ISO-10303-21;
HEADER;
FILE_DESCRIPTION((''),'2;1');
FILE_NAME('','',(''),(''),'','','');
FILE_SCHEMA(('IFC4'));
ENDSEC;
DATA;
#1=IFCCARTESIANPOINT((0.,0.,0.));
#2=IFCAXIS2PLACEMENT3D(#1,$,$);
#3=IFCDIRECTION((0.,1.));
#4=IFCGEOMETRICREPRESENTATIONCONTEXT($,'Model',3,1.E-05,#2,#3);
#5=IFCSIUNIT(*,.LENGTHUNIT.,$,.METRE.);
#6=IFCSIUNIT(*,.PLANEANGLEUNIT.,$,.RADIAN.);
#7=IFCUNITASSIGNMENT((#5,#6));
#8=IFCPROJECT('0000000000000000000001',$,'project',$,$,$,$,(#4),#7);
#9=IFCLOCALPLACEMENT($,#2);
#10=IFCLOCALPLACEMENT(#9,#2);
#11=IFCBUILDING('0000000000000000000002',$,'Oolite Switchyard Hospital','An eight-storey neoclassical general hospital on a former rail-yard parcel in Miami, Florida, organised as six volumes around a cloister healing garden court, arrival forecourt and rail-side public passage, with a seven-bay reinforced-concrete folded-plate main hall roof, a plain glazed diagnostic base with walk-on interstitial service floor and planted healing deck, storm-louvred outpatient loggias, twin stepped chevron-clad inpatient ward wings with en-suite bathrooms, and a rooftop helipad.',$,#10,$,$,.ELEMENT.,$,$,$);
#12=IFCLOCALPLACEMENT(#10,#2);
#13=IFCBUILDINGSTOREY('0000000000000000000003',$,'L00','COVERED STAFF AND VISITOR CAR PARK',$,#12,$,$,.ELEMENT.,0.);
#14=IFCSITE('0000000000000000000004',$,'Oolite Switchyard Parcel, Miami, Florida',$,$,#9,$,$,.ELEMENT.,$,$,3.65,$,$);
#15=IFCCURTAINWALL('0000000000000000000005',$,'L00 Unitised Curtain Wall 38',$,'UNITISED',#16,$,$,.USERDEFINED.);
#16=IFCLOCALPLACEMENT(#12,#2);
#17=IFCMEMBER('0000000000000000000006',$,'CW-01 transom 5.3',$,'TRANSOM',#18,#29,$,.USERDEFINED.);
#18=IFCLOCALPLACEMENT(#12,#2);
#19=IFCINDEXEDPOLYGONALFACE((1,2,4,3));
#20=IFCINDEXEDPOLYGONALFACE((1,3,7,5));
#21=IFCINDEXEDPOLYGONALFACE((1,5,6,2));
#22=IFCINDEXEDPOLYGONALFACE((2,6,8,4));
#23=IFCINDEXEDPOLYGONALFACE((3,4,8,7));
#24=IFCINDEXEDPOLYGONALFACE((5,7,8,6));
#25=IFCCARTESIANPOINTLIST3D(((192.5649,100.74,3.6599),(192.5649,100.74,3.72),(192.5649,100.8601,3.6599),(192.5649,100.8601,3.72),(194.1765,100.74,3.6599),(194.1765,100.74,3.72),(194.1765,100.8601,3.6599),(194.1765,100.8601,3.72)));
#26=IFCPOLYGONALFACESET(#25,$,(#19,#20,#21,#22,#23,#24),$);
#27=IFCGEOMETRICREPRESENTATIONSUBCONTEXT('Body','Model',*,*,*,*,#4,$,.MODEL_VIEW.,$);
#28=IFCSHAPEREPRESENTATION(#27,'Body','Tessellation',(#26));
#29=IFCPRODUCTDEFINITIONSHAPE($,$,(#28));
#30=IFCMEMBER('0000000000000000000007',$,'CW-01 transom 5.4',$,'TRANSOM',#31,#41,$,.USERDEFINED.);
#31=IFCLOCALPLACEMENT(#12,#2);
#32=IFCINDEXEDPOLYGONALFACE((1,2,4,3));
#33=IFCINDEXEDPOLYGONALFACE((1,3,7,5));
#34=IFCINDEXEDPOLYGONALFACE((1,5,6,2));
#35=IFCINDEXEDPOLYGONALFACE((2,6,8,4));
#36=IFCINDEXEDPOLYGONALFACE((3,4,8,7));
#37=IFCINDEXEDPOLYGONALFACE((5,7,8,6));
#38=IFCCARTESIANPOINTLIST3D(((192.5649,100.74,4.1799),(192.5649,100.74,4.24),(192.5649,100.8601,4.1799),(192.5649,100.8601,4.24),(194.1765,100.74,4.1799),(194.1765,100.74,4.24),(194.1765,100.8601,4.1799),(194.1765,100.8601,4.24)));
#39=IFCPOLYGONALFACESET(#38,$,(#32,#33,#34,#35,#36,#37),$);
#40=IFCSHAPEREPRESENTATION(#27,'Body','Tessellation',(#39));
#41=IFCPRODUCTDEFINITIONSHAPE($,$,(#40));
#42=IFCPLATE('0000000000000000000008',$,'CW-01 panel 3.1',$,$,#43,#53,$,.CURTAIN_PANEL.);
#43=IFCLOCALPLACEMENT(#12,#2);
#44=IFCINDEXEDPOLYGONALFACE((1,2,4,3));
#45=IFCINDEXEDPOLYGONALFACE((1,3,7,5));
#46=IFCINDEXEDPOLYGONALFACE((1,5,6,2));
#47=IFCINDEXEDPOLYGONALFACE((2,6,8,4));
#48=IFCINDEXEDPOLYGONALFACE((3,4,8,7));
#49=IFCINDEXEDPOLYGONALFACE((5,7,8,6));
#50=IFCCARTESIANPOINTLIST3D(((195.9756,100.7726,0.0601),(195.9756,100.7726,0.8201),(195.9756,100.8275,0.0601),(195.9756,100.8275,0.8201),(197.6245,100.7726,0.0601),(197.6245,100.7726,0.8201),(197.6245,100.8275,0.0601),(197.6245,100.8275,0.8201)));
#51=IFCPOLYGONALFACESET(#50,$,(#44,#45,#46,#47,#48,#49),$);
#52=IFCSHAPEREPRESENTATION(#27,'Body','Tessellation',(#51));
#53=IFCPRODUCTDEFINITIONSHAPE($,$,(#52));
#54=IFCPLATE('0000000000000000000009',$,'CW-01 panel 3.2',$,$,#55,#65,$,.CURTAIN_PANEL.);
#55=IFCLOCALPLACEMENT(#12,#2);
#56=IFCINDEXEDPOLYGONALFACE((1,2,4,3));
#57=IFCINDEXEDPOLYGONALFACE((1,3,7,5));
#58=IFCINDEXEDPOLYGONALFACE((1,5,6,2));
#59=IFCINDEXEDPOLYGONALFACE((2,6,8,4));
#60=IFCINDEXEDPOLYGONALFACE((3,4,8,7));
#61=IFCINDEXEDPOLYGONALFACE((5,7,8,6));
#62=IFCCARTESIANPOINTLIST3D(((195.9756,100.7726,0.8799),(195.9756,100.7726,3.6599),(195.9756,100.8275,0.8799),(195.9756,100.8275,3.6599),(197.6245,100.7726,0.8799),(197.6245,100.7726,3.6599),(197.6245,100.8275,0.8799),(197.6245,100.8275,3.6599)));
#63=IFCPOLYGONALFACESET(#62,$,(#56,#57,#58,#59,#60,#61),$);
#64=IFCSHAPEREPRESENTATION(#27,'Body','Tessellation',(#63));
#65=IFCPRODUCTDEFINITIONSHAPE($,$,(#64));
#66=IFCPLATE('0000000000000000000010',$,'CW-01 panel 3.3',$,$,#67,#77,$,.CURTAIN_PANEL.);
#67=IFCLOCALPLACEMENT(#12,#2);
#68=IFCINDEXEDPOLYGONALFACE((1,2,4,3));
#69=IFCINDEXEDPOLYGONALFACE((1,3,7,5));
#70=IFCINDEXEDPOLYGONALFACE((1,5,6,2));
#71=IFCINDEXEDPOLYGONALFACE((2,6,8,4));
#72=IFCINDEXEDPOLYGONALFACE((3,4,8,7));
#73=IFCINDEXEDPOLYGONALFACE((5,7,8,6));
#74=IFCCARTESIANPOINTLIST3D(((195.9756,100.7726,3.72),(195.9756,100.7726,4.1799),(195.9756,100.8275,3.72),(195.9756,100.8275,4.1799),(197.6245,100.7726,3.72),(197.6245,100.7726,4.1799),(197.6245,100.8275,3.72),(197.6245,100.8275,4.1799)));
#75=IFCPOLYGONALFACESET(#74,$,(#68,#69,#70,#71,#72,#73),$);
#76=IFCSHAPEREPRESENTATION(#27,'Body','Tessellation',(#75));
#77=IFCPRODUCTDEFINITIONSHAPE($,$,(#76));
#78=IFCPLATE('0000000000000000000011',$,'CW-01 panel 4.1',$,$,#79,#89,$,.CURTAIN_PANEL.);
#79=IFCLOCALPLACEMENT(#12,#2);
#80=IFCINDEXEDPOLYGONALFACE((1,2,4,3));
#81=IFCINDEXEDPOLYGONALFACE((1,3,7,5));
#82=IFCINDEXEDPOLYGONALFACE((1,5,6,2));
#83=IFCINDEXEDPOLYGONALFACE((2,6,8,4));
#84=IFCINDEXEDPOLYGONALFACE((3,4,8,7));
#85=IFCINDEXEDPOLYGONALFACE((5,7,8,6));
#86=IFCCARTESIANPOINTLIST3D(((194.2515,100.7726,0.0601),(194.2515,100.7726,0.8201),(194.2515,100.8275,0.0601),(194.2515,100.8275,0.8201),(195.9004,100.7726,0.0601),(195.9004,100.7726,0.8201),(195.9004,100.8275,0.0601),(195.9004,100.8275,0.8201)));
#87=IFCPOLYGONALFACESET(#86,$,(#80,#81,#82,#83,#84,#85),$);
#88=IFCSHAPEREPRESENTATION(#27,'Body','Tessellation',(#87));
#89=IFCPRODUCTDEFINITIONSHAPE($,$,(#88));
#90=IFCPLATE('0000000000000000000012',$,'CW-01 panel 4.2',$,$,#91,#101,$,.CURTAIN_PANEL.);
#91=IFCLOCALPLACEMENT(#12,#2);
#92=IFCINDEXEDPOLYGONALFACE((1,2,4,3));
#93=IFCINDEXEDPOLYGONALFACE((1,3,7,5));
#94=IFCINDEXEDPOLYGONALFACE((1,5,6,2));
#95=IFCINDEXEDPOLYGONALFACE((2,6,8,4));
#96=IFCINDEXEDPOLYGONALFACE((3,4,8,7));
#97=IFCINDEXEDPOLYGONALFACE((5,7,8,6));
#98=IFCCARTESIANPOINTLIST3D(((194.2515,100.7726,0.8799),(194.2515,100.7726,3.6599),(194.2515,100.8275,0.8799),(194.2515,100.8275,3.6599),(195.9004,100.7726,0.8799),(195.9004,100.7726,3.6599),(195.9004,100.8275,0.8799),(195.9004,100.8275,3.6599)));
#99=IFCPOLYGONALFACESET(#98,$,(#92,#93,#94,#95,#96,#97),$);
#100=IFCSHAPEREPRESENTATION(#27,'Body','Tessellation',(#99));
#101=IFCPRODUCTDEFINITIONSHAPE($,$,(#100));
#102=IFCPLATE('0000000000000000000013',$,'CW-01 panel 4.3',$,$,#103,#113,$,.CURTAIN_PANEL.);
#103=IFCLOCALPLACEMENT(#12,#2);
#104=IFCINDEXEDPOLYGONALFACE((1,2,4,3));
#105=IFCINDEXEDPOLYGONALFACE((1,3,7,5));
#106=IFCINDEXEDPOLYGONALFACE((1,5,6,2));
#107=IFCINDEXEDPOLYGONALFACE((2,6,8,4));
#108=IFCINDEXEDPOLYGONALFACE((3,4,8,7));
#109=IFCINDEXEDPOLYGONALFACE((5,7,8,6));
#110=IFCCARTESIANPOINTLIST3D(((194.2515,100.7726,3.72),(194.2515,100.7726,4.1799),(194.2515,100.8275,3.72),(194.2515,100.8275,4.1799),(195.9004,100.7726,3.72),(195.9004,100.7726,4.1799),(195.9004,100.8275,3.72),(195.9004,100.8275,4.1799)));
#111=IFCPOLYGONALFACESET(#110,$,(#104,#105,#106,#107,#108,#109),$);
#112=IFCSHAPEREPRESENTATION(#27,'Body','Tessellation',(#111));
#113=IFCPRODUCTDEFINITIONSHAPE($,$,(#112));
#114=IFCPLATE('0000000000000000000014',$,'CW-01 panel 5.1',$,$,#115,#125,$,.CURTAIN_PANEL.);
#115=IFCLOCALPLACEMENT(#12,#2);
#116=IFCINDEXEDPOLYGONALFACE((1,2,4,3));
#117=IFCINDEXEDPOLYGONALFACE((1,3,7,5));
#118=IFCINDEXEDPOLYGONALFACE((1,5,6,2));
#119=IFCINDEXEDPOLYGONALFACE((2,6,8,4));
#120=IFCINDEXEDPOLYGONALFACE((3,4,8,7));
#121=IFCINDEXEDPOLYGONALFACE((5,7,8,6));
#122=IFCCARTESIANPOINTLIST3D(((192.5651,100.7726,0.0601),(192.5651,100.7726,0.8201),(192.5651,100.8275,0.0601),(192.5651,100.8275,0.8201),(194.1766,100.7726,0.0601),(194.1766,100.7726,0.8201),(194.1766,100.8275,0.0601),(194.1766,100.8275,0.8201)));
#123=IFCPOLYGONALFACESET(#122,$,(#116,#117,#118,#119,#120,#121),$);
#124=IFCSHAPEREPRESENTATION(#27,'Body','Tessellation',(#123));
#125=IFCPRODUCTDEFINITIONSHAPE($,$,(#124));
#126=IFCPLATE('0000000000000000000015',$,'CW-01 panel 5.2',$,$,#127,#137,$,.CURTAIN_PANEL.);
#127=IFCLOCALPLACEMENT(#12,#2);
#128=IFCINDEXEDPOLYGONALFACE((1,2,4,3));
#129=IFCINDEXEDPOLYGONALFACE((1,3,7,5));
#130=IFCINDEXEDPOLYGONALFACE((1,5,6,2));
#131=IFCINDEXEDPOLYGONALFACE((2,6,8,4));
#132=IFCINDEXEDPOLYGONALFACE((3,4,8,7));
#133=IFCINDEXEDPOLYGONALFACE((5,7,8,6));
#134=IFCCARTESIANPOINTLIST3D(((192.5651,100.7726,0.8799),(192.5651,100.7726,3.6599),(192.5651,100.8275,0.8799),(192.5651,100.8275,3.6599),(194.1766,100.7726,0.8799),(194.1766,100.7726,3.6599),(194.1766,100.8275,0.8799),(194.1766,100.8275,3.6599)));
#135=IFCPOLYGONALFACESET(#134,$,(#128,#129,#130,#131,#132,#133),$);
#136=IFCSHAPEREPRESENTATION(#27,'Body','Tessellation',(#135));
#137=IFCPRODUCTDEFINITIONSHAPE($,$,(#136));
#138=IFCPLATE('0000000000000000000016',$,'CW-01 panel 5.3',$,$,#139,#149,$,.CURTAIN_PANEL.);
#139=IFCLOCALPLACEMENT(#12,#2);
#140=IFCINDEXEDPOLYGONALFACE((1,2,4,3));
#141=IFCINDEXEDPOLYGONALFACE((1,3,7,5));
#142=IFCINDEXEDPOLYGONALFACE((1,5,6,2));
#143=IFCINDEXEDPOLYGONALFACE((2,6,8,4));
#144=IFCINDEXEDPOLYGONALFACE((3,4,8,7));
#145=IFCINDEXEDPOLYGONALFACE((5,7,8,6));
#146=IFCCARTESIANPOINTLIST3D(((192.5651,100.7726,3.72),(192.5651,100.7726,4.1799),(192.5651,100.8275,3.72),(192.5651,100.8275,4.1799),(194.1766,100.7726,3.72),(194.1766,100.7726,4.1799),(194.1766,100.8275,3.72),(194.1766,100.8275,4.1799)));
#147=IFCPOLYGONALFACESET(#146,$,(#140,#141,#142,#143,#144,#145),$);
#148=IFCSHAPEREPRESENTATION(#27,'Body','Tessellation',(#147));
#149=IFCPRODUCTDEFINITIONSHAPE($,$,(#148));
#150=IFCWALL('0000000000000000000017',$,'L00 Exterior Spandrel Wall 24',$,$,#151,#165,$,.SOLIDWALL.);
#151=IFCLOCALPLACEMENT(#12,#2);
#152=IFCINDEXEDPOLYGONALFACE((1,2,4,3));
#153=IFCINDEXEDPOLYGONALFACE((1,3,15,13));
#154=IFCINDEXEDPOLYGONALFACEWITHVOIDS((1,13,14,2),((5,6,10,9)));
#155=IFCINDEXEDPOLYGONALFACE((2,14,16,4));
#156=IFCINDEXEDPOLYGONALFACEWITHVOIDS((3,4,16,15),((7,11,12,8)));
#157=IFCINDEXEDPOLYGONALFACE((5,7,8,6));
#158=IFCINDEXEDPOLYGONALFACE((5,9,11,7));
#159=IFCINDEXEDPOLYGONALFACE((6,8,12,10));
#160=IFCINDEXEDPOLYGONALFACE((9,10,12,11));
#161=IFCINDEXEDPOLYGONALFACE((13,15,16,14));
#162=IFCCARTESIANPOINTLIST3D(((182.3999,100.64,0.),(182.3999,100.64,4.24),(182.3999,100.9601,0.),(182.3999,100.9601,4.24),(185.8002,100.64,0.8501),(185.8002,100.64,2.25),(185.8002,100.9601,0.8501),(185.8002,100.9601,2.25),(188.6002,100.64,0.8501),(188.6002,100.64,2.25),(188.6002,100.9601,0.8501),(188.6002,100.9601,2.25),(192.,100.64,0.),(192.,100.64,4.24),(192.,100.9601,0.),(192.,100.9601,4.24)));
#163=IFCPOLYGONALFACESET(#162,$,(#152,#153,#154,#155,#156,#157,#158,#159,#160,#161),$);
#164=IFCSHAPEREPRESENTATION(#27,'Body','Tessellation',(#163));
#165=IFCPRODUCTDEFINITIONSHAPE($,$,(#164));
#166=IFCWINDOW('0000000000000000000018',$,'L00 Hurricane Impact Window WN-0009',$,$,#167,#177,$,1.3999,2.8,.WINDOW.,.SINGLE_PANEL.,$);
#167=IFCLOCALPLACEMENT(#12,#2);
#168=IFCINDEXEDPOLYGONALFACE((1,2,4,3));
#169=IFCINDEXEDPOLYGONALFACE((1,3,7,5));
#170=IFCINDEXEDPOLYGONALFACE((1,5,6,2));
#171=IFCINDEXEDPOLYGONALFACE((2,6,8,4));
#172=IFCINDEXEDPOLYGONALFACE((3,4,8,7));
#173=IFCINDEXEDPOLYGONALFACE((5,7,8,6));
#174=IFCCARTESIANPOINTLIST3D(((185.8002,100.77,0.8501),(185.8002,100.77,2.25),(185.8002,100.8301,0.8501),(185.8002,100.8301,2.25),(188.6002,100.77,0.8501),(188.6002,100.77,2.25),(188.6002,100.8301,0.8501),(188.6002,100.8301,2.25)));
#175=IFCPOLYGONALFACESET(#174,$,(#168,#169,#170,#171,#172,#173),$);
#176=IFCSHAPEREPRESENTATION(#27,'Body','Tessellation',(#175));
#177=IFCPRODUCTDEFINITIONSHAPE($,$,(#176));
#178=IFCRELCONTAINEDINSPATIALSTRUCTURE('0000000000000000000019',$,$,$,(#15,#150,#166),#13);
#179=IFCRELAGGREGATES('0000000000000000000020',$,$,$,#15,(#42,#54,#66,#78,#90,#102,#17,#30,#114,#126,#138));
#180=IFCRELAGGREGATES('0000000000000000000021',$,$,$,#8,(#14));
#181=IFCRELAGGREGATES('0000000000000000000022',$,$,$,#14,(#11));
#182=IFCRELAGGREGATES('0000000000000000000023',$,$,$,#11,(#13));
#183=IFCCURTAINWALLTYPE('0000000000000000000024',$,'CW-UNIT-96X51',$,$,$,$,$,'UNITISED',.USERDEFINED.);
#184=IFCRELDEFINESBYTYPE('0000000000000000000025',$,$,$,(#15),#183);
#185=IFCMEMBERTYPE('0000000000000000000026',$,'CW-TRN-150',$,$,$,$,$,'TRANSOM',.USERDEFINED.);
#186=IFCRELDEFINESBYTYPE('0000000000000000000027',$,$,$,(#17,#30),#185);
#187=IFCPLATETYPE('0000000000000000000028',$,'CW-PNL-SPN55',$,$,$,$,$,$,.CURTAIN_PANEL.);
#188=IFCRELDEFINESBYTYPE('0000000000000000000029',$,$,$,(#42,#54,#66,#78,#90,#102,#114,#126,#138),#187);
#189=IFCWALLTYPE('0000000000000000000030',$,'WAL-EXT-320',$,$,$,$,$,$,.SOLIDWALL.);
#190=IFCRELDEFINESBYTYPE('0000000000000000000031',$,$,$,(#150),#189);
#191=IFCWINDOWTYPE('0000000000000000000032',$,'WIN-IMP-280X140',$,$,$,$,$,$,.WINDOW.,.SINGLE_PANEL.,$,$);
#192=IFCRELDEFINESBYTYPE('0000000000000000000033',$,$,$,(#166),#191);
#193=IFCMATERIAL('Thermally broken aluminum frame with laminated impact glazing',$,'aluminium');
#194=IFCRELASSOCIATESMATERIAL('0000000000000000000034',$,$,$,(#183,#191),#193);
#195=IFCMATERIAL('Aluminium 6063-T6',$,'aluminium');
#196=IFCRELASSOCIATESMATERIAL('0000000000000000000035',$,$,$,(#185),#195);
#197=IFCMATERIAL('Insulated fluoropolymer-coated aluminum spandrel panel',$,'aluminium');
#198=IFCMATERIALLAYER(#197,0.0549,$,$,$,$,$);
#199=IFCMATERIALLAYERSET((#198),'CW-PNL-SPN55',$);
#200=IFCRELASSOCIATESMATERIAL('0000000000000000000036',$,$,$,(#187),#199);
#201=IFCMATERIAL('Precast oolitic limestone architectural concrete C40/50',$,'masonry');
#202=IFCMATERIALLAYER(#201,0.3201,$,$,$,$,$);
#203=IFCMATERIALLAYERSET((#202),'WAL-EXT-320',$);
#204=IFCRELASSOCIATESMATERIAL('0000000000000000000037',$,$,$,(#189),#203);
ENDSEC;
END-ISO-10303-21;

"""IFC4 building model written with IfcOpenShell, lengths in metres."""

from ifc_helpers import new_model, si_unit, direction, frame, frame_2d, origin, origin_2d, place, context, subcontext, project, spatial, rectangle, extrude, material, layer, layer_set, material_profile, profile_set, type_object, element, fill, aggregate, save


model = new_model("IFC4")

# Units and contexts
model_context = context("Model", 3, precision=1e-05, world=origin(), true_north=direction((0.0, 1.0)))
body_context = subcontext(model_context, "Body", "Model", "MODEL_VIEW")
ifc_project = project(units=[si_unit("LENGTHUNIT", "METRE"), si_unit("PLANEANGLEUNIT", "RADIAN")], contexts=[model_context])

# Site, building, storey
site_placement = place(None, origin())
site = spatial("IfcSite", under=ifc_project, at=site_placement, Name="Oolite Switchyard Parcel, Miami, Florida", CompositionType="ELEMENT", RefElevation=3.65)
building_placement = place(site_placement, origin())
building = spatial("IfcBuilding", under=site, at=building_placement, Name="Oolite Switchyard Hospital", Description="An eight-storey neoclassical general hospital on a former rail-yard parcel in Miami, Florida, organised as six volumes around a cloister healing garden court, arrival forecourt and rail-side public passage, with a seven-bay reinforced-concrete folded-plate main hall roof, a plain glazed diagnostic base with walk-on interstitial service floor and planted healing deck, storm-louvred outpatient loggias, twin stepped chevron-clad inpatient ward wings with en-suite bathrooms, and a rooftop helipad.", CompositionType="ELEMENT")
storey_placement = place(building_placement, origin())
storey = spatial("IfcBuildingStorey", under=building, at=storey_placement, Name="L00", Description="COVERED STAFF AND VISITOR CAR PARK", CompositionType="ELEMENT", Elevation=0.0)

# Curtain wall, members, plates
ifc_material_1 = material(Name="Thermally broken aluminum frame with laminated impact glazing", Category="aluminium")
curtain_wall_type = type_object("IfcCurtainWallType", Name="CW-UNIT-96X51", ElementType="UNITISED", PredefinedType="USERDEFINED", material=ifc_material_1)
curtain_wall_placement = place(storey_placement, origin())
curtain_wall = element("IfcCurtainWall", 1, at=curtain_wall_placement, inside=storey, type_object=curtain_wall_type, Name="L00 Unitised Curtain Wall 38", ObjectType="UNITISED", PredefinedType="USERDEFINED")
ifc_material_2 = material(Name="Aluminium 6063-T6", Category="aluminium")
ifc_material_profile_1 = material_profile(ifc_material_2, rectangle(XDim=0.1201, YDim=0.0601, at=origin_2d()), Name="CWT60X120")
ifc_profile_set_1 = profile_set([ifc_material_profile_1], Name="Aluminium 6063-T6")
member_type_1 = type_object("IfcMemberType", Name="CW-TRN-150", ElementType="TRANSOM", PredefinedType="USERDEFINED", material=ifc_profile_set_1)
member_1_placement = place(storey_placement, frame((194.1765, 100.8, 3.6899), z_axis=(-1.0, 0.0, 0.0), x_axis=(0.0, -1.0, 0.0)))
member_1 = element("IfcMember", 2, at=member_1_placement, type_object=member_type_1, Name="CW-01 transom 5.3", ObjectType="TRANSOM", PredefinedType="USERDEFINED", context=body_context, shape_type="SweptSolid", body=[
    extrude(rectangle(XDim=0.1201, YDim=0.0601, at=origin_2d()), origin(), (0.0, 0.0, 1.0), 1.6116),
])
member_2_placement = place(storey_placement, frame((194.1765, 100.8, 4.21), z_axis=(-1.0, 0.0, 0.0), x_axis=(0.0, -1.0, 0.0)))
member_2 = element("IfcMember", 3, at=member_2_placement, type_object=member_type_1, Name="CW-01 transom 5.4", ObjectType="TRANSOM", PredefinedType="USERDEFINED", context=body_context, shape_type="SweptSolid", body=[
    extrude(rectangle(XDim=0.1201, YDim=0.0601, at=origin_2d()), origin(), (0.0, 0.0, 1.0), 1.6116),
])
ifc_material_3 = material(Name="Insulated fluoropolymer-coated aluminum spandrel panel", Category="aluminium")
ifc_layer_1 = layer(ifc_material_3, 0.0549)
ifc_layer_set_1 = layer_set([ifc_layer_1], Name="CW-PNL-SPN55")
plate_type = type_object("IfcPlateType", Name="CW-PNL-SPN55", PredefinedType="CURTAIN_PANEL", material=ifc_layer_set_1)
plate_1_placement = place(storey_placement, frame((196.8, 100.8, 0.0601), z_axis=(0.0, 0.0, 1.0), x_axis=(-1.0, 0.0, 0.0)))
plate_1 = element("IfcPlate", 4, at=plate_1_placement, type_object=plate_type, Name="CW-01 panel 3.1", PredefinedType="CURTAIN_PANEL", context=body_context, shape_type="SweptSolid", body=[
    extrude(rectangle(XDim=1.6489, YDim=0.0549, at=origin_2d()), origin(), (0.0, 0.0, 1.0), 0.76),
])
plate_2_placement = place(storey_placement, frame((196.8, 100.8, 0.8799), z_axis=(0.0, 0.0, 1.0), x_axis=(-1.0, 0.0, 0.0)))
plate_2 = element("IfcPlate", 5, at=plate_2_placement, type_object=plate_type, Name="CW-01 panel 3.2", PredefinedType="CURTAIN_PANEL", context=body_context, shape_type="SweptSolid", body=[
    extrude(rectangle(XDim=1.6489, YDim=0.0549, at=origin_2d()), origin(), (0.0, 0.0, 1.0), 2.78),
])
plate_3_placement = place(storey_placement, frame((196.8, 100.8, 3.72), z_axis=(0.0, 0.0, 1.0), x_axis=(-1.0, 0.0, 0.0)))
plate_3 = element("IfcPlate", 6, at=plate_3_placement, type_object=plate_type, Name="CW-01 panel 3.3", PredefinedType="CURTAIN_PANEL", context=body_context, shape_type="SweptSolid", body=[
    extrude(rectangle(XDim=1.6489, YDim=0.0549, at=origin_2d()), origin(), (0.0, 0.0, 1.0), 0.46),
])
plate_4_placement = place(storey_placement, frame((195.0759, 100.8, 0.0601), z_axis=(0.0, 0.0, 1.0), x_axis=(-1.0, 0.0, 0.0)))
plate_4 = element("IfcPlate", 7, at=plate_4_placement, type_object=plate_type, Name="CW-01 panel 4.1", PredefinedType="CURTAIN_PANEL", context=body_context, shape_type="SweptSolid", body=[
    extrude(rectangle(XDim=1.6489, YDim=0.0549, at=origin_2d()), origin(), (0.0, 0.0, 1.0), 0.76),
])
plate_5_placement = place(storey_placement, frame((195.0759, 100.8, 0.8799), z_axis=(0.0, 0.0, 1.0), x_axis=(-1.0, 0.0, 0.0)))
plate_5 = element("IfcPlate", 8, at=plate_5_placement, type_object=plate_type, Name="CW-01 panel 4.2", PredefinedType="CURTAIN_PANEL", context=body_context, shape_type="SweptSolid", body=[
    extrude(rectangle(XDim=1.6489, YDim=0.0549, at=origin_2d()), origin(), (0.0, 0.0, 1.0), 2.78),
])
plate_6_placement = place(storey_placement, frame((195.0759, 100.8, 3.72), z_axis=(0.0, 0.0, 1.0), x_axis=(-1.0, 0.0, 0.0)))
plate_6 = element("IfcPlate", 9, at=plate_6_placement, type_object=plate_type, Name="CW-01 panel 4.3", PredefinedType="CURTAIN_PANEL", context=body_context, shape_type="SweptSolid", body=[
    extrude(rectangle(XDim=1.6489, YDim=0.0549, at=origin_2d()), origin(), (0.0, 0.0, 1.0), 0.46),
])
plate_7_placement = place(storey_placement, frame((193.3708, 100.8, 0.0601), z_axis=(0.0, 0.0, 1.0), x_axis=(-1.0, 0.0, 0.0)))
plate_7 = element("IfcPlate", 10, at=plate_7_placement, type_object=plate_type, Name="CW-01 panel 5.1", PredefinedType="CURTAIN_PANEL", context=body_context, shape_type="SweptSolid", body=[
    extrude(rectangle(XDim=1.6116, YDim=0.0549, at=origin_2d()), origin(), (0.0, 0.0, 1.0), 0.76),
])
plate_8_placement = place(storey_placement, frame((193.3708, 100.8, 0.8799), z_axis=(0.0, 0.0, 1.0), x_axis=(-1.0, 0.0, 0.0)))
plate_8 = element("IfcPlate", 11, at=plate_8_placement, type_object=plate_type, Name="CW-01 panel 5.2", PredefinedType="CURTAIN_PANEL", context=body_context, shape_type="SweptSolid", body=[
    extrude(rectangle(XDim=1.6116, YDim=0.0549, at=origin_2d()), origin(), (0.0, 0.0, 1.0), 2.78),
])
plate_9_placement = place(storey_placement, frame((193.3708, 100.8, 3.72), z_axis=(0.0, 0.0, 1.0), x_axis=(-1.0, 0.0, 0.0)))
plate_9 = element("IfcPlate", 12, at=plate_9_placement, type_object=plate_type, Name="CW-01 panel 5.3", PredefinedType="CURTAIN_PANEL", context=body_context, shape_type="SweptSolid", body=[
    extrude(rectangle(XDim=1.6116, YDim=0.0549, at=origin_2d()), origin(), (0.0, 0.0, 1.0), 0.46),
])
aggregate(curtain_wall, [plate_1, plate_2, plate_3, plate_4, plate_5, plate_6, member_1, member_2, plate_7, plate_8, plate_9])

# Wall, opening, window
ifc_material_4 = material(Name="Precast oolitic limestone architectural concrete C40/50", Category="masonry")
ifc_layer_2 = layer(ifc_material_4, 0.3201)
ifc_layer_set_2 = layer_set([ifc_layer_2], Name="WAL-EXT-320")
wall_type = type_object("IfcWallType", Name="WAL-EXT-320", PredefinedType="SOLIDWALL", material=ifc_layer_set_2)
wall_placement = place(storey_placement, frame((192.0, 100.8, 0.0), z_axis=(0.0, 0.0, 1.0), x_axis=(-1.0, 0.0, 0.0)))
wall = element("IfcWall", 13, at=wall_placement, inside=storey, type_object=wall_type, Name="L00 Exterior Spandrel Wall 24", PredefinedType="SOLIDWALL", context=body_context, shape_type="SweptSolid", body=[
    extrude(rectangle(XDim=9.6001, YDim=0.3201, at=frame_2d((4.8, 0.0))), origin(), (0.0, 0.0, 1.0), 4.24),
])
opening_placement = place(wall_placement, frame((3.3999, 0.0, 0.8501)))
opening = element("IfcOpeningElement", 14, at=opening_placement, cuts=wall, PredefinedType="OPENING", context=body_context, shape_type="SweptSolid", body=[
    extrude(rectangle(XDim=2.8, YDim=1.3999, at=frame_2d((1.3999, 0.7))), frame((0.0, 0.1699, 0.0), z_axis=(0.0, -1.0, 0.0), x_axis=(1.0, 0.0, 0.0)), (0.0, 0.0, 1.0), 0.3401),
])
window_type = type_object("IfcWindowType", Name="WIN-IMP-280X140", PartitioningType="SINGLE_PANEL", PredefinedType="WINDOW", material=ifc_material_1)
window_placement = place(opening_placement, origin())
window = element("IfcWindow", 15, at=window_placement, inside=storey, type_object=window_type, Name="L00 Hurricane Impact Window WN-0009", OverallHeight=1.3999, OverallWidth=2.8, PartitioningType="SINGLE_PANEL", PredefinedType="WINDOW", context=body_context, shape_type="SweptSolid", body=[
    extrude(rectangle(XDim=2.8, YDim=1.3999, at=frame_2d((1.3999, 0.7))), frame((0.0, 0.03, 0.0), z_axis=(0.0, -1.0, 0.0), x_axis=(1.0, 0.0, 0.0)), (0.0, 0.0, 1.0), 0.0601),
])
fill(opening, window)

save(model, "model.ifc")
